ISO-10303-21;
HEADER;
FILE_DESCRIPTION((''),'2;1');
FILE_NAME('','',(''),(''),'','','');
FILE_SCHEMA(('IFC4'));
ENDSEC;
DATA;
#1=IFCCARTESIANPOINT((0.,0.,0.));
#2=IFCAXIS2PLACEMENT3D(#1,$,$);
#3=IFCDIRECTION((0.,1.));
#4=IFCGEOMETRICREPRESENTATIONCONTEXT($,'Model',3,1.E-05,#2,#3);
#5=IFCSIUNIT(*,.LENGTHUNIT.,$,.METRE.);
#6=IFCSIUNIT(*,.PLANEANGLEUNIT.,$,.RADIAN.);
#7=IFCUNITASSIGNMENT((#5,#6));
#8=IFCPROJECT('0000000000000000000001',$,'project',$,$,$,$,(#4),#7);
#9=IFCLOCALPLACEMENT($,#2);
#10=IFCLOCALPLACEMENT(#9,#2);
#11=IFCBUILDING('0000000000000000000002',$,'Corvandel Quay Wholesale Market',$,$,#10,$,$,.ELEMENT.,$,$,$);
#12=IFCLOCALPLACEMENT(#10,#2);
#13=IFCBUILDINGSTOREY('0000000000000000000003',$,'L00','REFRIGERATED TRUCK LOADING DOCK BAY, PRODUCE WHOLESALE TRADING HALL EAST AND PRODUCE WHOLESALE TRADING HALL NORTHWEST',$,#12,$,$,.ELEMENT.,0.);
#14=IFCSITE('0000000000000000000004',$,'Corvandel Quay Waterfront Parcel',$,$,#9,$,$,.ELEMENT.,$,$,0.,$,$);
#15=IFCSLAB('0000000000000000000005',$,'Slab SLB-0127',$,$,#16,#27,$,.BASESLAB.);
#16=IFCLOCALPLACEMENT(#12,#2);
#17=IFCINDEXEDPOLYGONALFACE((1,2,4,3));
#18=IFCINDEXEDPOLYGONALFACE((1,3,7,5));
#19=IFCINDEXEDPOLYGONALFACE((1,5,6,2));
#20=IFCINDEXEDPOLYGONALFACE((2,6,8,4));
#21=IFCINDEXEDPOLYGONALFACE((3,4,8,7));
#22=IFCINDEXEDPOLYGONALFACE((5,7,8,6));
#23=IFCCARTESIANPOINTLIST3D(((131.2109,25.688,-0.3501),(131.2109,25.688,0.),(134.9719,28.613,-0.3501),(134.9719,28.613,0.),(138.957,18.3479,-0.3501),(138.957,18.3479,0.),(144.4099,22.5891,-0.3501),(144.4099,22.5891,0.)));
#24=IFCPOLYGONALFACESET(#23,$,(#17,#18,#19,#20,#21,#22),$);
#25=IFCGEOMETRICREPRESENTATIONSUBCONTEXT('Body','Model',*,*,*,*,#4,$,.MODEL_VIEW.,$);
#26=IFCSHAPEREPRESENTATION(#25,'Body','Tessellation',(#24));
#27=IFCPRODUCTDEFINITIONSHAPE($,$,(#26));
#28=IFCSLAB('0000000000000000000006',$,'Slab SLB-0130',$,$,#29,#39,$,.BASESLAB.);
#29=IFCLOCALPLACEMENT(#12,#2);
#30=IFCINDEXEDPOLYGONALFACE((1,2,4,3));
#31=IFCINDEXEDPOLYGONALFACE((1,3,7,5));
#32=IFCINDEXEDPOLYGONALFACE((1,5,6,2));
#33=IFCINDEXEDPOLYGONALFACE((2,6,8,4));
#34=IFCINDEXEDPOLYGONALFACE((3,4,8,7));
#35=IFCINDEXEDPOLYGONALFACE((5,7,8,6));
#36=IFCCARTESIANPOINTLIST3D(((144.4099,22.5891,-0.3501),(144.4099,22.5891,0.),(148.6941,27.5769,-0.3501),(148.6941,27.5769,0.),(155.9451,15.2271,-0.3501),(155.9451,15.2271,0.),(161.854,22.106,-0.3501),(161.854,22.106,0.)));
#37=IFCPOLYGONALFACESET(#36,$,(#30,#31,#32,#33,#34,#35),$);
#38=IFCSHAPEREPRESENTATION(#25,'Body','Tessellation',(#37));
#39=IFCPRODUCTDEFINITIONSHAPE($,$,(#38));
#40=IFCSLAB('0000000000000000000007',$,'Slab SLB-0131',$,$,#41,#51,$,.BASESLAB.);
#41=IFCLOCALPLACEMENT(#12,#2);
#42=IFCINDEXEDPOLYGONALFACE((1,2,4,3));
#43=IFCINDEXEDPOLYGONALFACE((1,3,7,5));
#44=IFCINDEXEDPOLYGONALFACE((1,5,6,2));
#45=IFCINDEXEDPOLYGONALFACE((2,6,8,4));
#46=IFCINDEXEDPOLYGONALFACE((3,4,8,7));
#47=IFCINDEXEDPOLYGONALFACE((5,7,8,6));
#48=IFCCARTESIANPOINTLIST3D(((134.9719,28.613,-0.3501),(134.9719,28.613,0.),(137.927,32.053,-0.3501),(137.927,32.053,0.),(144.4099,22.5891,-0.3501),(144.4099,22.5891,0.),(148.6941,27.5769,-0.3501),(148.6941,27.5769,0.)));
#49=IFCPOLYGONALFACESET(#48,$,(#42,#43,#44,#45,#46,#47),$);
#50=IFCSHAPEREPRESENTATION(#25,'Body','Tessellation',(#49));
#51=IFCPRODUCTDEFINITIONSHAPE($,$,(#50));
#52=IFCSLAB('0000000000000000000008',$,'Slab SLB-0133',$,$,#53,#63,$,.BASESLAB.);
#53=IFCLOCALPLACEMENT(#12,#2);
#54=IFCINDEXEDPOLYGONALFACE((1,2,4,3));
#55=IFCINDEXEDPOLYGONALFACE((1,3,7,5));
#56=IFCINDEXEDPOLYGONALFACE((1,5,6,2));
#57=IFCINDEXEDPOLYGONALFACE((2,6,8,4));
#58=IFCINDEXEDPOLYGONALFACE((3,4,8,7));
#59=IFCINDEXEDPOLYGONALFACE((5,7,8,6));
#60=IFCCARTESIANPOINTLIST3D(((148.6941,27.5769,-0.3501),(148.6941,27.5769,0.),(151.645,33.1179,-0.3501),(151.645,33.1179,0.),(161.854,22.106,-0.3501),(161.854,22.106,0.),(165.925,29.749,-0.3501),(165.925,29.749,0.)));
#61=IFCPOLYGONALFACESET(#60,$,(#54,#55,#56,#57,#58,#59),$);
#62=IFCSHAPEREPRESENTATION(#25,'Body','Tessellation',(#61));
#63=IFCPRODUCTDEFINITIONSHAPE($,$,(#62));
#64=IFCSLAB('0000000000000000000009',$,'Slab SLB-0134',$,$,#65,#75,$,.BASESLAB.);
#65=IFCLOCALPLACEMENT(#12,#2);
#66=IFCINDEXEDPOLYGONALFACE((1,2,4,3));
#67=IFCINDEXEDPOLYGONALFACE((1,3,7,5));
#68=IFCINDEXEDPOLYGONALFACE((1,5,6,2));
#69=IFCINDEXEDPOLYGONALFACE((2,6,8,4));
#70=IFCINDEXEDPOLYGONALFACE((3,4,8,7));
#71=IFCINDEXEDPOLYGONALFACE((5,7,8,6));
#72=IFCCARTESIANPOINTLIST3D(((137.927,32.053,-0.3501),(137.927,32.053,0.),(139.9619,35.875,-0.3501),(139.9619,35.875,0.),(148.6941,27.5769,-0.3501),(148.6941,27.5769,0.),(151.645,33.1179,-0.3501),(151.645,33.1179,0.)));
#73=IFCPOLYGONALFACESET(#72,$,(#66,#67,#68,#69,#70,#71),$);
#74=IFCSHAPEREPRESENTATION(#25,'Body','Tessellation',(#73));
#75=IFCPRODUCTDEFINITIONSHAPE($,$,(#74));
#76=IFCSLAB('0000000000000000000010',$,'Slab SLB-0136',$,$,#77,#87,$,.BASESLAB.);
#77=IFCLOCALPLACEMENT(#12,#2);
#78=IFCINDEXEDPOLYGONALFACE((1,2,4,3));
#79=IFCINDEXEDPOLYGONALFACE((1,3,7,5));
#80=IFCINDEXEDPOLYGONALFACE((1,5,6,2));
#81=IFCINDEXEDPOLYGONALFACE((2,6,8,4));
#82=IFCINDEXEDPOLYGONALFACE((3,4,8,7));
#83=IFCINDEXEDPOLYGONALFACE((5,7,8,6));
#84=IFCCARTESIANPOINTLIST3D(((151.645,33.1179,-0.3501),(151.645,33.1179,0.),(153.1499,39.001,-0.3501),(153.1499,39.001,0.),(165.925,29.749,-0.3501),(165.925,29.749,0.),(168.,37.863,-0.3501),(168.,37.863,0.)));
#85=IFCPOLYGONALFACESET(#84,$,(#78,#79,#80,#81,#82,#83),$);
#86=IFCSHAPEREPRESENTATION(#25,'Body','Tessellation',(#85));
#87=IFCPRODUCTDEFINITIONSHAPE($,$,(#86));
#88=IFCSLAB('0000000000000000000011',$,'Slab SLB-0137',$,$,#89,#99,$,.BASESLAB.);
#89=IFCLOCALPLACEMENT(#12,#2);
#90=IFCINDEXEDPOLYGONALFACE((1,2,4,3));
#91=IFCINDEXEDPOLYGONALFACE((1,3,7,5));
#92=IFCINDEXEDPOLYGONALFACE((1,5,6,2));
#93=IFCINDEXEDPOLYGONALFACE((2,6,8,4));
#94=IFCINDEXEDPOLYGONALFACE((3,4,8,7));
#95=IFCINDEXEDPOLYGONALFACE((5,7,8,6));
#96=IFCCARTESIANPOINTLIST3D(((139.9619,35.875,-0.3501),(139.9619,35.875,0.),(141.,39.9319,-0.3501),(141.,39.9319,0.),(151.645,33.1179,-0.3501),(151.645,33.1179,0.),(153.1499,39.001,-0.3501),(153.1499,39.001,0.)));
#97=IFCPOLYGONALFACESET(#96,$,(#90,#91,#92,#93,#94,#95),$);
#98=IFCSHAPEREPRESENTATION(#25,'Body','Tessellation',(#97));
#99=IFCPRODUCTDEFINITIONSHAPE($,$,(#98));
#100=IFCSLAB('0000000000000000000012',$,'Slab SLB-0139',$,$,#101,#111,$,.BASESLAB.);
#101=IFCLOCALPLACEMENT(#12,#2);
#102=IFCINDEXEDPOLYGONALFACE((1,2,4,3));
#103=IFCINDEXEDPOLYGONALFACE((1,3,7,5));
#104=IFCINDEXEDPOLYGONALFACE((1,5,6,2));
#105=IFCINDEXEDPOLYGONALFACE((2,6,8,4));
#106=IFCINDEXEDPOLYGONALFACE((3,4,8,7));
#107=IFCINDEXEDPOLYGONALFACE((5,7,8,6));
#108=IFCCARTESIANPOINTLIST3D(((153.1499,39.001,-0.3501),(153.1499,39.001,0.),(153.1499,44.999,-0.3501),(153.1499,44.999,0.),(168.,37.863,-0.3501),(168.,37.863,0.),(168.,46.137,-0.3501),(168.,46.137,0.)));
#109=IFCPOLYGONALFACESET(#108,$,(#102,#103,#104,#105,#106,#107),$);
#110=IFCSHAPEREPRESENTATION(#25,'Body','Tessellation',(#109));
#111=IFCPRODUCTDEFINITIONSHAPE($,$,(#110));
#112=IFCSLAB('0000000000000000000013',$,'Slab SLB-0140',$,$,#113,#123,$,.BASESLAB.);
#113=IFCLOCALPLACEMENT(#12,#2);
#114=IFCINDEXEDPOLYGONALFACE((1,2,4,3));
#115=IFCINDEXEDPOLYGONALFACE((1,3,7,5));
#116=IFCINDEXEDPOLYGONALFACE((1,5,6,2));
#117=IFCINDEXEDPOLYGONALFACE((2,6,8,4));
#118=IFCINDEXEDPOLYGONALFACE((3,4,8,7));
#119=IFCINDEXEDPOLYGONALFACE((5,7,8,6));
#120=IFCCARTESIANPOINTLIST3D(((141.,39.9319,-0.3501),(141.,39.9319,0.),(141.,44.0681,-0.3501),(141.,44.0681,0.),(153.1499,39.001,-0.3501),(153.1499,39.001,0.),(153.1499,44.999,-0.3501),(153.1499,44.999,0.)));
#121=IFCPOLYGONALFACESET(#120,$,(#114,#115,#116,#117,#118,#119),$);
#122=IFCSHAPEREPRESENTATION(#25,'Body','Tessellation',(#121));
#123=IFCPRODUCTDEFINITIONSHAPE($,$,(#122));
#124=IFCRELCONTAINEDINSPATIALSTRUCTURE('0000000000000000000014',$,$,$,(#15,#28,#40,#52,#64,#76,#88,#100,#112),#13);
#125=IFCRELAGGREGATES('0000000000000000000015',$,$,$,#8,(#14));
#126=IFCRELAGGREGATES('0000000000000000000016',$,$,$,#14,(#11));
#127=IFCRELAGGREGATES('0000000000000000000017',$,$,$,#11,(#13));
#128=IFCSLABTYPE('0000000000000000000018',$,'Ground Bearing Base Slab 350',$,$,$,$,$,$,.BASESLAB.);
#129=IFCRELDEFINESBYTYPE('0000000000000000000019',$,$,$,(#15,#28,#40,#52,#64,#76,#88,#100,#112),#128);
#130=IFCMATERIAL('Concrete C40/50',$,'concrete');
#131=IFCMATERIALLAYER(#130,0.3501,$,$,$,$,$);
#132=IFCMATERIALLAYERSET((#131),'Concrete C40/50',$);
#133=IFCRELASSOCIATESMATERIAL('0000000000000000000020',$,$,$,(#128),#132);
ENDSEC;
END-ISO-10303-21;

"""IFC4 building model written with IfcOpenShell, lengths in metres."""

from ifc_helpers import new_model, si_unit, direction, frame, origin, place, context, subcontext, project, spatial, polyline, outline, extrude, material, layer, layer_set, type_object, element, save


model = new_model("IFC4")

# Units and contexts
model_context = context("Model", 3, precision=1e-05, world=origin(), true_north=direction((0.0, 1.0)))
body_context = subcontext(model_context, "Body", "Model", "MODEL_VIEW")
ifc_project = project(units=[si_unit("LENGTHUNIT", "METRE"), si_unit("PLANEANGLEUNIT", "RADIAN")], contexts=[model_context])

# Site, building, storey
site_placement = place(None, origin())
site = spatial("IfcSite", under=ifc_project, at=site_placement, Name="Corvandel Quay Waterfront Parcel", CompositionType="ELEMENT", RefElevation=0.0)
building_placement = place(site_placement, origin())
building = spatial("IfcBuilding", under=site, at=building_placement, Name="Corvandel Quay Wholesale Market", CompositionType="ELEMENT")
storey_placement = place(building_placement, origin())
storey = spatial("IfcBuildingStorey", under=building, at=storey_placement, Name="L00", Description="REFRIGERATED TRUCK LOADING DOCK BAY, PRODUCE WHOLESALE TRADING HALL EAST AND PRODUCE WHOLESALE TRADING HALL NORTHWEST", CompositionType="ELEMENT", Elevation=0.0)

# Slabs
ifc_material = material(Name="Concrete C40/50", Category="concrete")
ifc_layer = layer(ifc_material, 0.3501)
ifc_layer_set = layer_set([ifc_layer], Name="Concrete C40/50")
slab_type = type_object("IfcSlabType", Name="Ground Bearing Base Slab 350", PredefinedType="BASESLAB", material=ifc_layer_set)
slab_1_placement = place(storey_placement, frame((0.0, 0.0, -0.3501)))
element("IfcSlab", 1, at=slab_1_placement, inside=storey, type_object=slab_type, Name="Slab SLB-0127", PredefinedType="BASESLAB", context=body_context, shape_type="SweptSolid", body=[
    extrude(outline(polyline([(138.957, 18.3479), (144.4099, 22.5891), (134.9719, 28.613), (131.2109, 25.688), (138.957, 18.3479)])), origin(), (0.0, 0.0, 1.0), 0.3501),
])
slab_2_placement = place(storey_placement, frame((0.0, 0.0, -0.3501)))
element("IfcSlab", 2, at=slab_2_placement, inside=storey, type_object=slab_type, Name="Slab SLB-0130", PredefinedType="BASESLAB", context=body_context, shape_type="SweptSolid", body=[
    extrude(outline(polyline([(155.9451, 15.2271), (161.854, 22.106), (148.6941, 27.5769), (144.4099, 22.5891), (155.9451, 15.2271)])), origin(), (0.0, 0.0, 1.0), 0.3501),
])
slab_3_placement = place(storey_placement, frame((0.0, 0.0, -0.3501)))
element("IfcSlab", 3, at=slab_3_placement, inside=storey, type_object=slab_type, Name="Slab SLB-0131", PredefinedType="BASESLAB", context=body_context, shape_type="SweptSolid", body=[
    extrude(outline(polyline([(144.4099, 22.5891), (148.6941, 27.5769), (137.927, 32.053), (134.9719, 28.613), (144.4099, 22.5891)])), origin(), (0.0, 0.0, 1.0), 0.3501),
])
slab_4_placement = place(storey_placement, frame((0.0, 0.0, -0.3501)))
element("IfcSlab", 4, at=slab_4_placement, inside=storey, type_object=slab_type, Name="Slab SLB-0133", PredefinedType="BASESLAB", context=body_context, shape_type="SweptSolid", body=[
    extrude(outline(polyline([(161.854, 22.106), (165.925, 29.749), (151.645, 33.1179), (148.6941, 27.5769), (161.854, 22.106)])), origin(), (0.0, 0.0, 1.0), 0.3501),
])
slab_5_placement = place(storey_placement, frame((0.0, 0.0, -0.3501)))
element("IfcSlab", 5, at=slab_5_placement, inside=storey, type_object=slab_type, Name="Slab SLB-0134", PredefinedType="BASESLAB", context=body_context, shape_type="SweptSolid", body=[
    extrude(outline(polyline([(148.6941, 27.5769), (151.645, 33.1179), (139.9619, 35.875), (137.927, 32.053), (148.6941, 27.5769)])), origin(), (0.0, 0.0, 1.0), 0.3501),
])
slab_6_placement = place(storey_placement, frame((0.0, 0.0, -0.3501)))
element("IfcSlab", 6, at=slab_6_placement, inside=storey, type_object=slab_type, Name="Slab SLB-0136", PredefinedType="BASESLAB", context=body_context, shape_type="SweptSolid", body=[
    extrude(outline(polyline([(165.925, 29.749), (168.0, 37.863), (153.1499, 39.001), (151.645, 33.1179), (165.925, 29.749)])), origin(), (0.0, 0.0, 1.0), 0.3501),
])
slab_7_placement = place(storey_placement, frame((0.0, 0.0, -0.3501)))
element("IfcSlab", 7, at=slab_7_placement, inside=storey, type_object=slab_type, Name="Slab SLB-0137", PredefinedType="BASESLAB", context=body_context, shape_type="SweptSolid", body=[
    extrude(outline(polyline([(151.645, 33.1179), (153.1499, 39.001), (141.0, 39.9319), (139.9619, 35.875), (151.645, 33.1179)])), origin(), (0.0, 0.0, 1.0), 0.3501),
])
slab_8_placement = place(storey_placement, frame((0.0, 0.0, -0.3501)))
element("IfcSlab", 8, at=slab_8_placement, inside=storey, type_object=slab_type, Name="Slab SLB-0139", PredefinedType="BASESLAB", context=body_context, shape_type="SweptSolid", body=[
    extrude(outline(polyline([(168.0, 37.863), (168.0, 46.137), (153.1499, 44.999), (153.1499, 39.001), (168.0, 37.863)])), origin(), (0.0, 0.0, 1.0), 0.3501),
])
slab_9_placement = place(storey_placement, frame((0.0, 0.0, -0.3501)))
element("IfcSlab", 9, at=slab_9_placement, inside=storey, type_object=slab_type, Name="Slab SLB-0140", PredefinedType="BASESLAB", context=body_context, shape_type="SweptSolid", body=[
    extrude(outline(polyline([(153.1499, 39.001), (153.1499, 44.999), (141.0, 44.0681), (141.0, 39.9319), (153.1499, 39.001)])), origin(), (0.0, 0.0, 1.0), 0.3501),
])

save(model, "model.ifc")
